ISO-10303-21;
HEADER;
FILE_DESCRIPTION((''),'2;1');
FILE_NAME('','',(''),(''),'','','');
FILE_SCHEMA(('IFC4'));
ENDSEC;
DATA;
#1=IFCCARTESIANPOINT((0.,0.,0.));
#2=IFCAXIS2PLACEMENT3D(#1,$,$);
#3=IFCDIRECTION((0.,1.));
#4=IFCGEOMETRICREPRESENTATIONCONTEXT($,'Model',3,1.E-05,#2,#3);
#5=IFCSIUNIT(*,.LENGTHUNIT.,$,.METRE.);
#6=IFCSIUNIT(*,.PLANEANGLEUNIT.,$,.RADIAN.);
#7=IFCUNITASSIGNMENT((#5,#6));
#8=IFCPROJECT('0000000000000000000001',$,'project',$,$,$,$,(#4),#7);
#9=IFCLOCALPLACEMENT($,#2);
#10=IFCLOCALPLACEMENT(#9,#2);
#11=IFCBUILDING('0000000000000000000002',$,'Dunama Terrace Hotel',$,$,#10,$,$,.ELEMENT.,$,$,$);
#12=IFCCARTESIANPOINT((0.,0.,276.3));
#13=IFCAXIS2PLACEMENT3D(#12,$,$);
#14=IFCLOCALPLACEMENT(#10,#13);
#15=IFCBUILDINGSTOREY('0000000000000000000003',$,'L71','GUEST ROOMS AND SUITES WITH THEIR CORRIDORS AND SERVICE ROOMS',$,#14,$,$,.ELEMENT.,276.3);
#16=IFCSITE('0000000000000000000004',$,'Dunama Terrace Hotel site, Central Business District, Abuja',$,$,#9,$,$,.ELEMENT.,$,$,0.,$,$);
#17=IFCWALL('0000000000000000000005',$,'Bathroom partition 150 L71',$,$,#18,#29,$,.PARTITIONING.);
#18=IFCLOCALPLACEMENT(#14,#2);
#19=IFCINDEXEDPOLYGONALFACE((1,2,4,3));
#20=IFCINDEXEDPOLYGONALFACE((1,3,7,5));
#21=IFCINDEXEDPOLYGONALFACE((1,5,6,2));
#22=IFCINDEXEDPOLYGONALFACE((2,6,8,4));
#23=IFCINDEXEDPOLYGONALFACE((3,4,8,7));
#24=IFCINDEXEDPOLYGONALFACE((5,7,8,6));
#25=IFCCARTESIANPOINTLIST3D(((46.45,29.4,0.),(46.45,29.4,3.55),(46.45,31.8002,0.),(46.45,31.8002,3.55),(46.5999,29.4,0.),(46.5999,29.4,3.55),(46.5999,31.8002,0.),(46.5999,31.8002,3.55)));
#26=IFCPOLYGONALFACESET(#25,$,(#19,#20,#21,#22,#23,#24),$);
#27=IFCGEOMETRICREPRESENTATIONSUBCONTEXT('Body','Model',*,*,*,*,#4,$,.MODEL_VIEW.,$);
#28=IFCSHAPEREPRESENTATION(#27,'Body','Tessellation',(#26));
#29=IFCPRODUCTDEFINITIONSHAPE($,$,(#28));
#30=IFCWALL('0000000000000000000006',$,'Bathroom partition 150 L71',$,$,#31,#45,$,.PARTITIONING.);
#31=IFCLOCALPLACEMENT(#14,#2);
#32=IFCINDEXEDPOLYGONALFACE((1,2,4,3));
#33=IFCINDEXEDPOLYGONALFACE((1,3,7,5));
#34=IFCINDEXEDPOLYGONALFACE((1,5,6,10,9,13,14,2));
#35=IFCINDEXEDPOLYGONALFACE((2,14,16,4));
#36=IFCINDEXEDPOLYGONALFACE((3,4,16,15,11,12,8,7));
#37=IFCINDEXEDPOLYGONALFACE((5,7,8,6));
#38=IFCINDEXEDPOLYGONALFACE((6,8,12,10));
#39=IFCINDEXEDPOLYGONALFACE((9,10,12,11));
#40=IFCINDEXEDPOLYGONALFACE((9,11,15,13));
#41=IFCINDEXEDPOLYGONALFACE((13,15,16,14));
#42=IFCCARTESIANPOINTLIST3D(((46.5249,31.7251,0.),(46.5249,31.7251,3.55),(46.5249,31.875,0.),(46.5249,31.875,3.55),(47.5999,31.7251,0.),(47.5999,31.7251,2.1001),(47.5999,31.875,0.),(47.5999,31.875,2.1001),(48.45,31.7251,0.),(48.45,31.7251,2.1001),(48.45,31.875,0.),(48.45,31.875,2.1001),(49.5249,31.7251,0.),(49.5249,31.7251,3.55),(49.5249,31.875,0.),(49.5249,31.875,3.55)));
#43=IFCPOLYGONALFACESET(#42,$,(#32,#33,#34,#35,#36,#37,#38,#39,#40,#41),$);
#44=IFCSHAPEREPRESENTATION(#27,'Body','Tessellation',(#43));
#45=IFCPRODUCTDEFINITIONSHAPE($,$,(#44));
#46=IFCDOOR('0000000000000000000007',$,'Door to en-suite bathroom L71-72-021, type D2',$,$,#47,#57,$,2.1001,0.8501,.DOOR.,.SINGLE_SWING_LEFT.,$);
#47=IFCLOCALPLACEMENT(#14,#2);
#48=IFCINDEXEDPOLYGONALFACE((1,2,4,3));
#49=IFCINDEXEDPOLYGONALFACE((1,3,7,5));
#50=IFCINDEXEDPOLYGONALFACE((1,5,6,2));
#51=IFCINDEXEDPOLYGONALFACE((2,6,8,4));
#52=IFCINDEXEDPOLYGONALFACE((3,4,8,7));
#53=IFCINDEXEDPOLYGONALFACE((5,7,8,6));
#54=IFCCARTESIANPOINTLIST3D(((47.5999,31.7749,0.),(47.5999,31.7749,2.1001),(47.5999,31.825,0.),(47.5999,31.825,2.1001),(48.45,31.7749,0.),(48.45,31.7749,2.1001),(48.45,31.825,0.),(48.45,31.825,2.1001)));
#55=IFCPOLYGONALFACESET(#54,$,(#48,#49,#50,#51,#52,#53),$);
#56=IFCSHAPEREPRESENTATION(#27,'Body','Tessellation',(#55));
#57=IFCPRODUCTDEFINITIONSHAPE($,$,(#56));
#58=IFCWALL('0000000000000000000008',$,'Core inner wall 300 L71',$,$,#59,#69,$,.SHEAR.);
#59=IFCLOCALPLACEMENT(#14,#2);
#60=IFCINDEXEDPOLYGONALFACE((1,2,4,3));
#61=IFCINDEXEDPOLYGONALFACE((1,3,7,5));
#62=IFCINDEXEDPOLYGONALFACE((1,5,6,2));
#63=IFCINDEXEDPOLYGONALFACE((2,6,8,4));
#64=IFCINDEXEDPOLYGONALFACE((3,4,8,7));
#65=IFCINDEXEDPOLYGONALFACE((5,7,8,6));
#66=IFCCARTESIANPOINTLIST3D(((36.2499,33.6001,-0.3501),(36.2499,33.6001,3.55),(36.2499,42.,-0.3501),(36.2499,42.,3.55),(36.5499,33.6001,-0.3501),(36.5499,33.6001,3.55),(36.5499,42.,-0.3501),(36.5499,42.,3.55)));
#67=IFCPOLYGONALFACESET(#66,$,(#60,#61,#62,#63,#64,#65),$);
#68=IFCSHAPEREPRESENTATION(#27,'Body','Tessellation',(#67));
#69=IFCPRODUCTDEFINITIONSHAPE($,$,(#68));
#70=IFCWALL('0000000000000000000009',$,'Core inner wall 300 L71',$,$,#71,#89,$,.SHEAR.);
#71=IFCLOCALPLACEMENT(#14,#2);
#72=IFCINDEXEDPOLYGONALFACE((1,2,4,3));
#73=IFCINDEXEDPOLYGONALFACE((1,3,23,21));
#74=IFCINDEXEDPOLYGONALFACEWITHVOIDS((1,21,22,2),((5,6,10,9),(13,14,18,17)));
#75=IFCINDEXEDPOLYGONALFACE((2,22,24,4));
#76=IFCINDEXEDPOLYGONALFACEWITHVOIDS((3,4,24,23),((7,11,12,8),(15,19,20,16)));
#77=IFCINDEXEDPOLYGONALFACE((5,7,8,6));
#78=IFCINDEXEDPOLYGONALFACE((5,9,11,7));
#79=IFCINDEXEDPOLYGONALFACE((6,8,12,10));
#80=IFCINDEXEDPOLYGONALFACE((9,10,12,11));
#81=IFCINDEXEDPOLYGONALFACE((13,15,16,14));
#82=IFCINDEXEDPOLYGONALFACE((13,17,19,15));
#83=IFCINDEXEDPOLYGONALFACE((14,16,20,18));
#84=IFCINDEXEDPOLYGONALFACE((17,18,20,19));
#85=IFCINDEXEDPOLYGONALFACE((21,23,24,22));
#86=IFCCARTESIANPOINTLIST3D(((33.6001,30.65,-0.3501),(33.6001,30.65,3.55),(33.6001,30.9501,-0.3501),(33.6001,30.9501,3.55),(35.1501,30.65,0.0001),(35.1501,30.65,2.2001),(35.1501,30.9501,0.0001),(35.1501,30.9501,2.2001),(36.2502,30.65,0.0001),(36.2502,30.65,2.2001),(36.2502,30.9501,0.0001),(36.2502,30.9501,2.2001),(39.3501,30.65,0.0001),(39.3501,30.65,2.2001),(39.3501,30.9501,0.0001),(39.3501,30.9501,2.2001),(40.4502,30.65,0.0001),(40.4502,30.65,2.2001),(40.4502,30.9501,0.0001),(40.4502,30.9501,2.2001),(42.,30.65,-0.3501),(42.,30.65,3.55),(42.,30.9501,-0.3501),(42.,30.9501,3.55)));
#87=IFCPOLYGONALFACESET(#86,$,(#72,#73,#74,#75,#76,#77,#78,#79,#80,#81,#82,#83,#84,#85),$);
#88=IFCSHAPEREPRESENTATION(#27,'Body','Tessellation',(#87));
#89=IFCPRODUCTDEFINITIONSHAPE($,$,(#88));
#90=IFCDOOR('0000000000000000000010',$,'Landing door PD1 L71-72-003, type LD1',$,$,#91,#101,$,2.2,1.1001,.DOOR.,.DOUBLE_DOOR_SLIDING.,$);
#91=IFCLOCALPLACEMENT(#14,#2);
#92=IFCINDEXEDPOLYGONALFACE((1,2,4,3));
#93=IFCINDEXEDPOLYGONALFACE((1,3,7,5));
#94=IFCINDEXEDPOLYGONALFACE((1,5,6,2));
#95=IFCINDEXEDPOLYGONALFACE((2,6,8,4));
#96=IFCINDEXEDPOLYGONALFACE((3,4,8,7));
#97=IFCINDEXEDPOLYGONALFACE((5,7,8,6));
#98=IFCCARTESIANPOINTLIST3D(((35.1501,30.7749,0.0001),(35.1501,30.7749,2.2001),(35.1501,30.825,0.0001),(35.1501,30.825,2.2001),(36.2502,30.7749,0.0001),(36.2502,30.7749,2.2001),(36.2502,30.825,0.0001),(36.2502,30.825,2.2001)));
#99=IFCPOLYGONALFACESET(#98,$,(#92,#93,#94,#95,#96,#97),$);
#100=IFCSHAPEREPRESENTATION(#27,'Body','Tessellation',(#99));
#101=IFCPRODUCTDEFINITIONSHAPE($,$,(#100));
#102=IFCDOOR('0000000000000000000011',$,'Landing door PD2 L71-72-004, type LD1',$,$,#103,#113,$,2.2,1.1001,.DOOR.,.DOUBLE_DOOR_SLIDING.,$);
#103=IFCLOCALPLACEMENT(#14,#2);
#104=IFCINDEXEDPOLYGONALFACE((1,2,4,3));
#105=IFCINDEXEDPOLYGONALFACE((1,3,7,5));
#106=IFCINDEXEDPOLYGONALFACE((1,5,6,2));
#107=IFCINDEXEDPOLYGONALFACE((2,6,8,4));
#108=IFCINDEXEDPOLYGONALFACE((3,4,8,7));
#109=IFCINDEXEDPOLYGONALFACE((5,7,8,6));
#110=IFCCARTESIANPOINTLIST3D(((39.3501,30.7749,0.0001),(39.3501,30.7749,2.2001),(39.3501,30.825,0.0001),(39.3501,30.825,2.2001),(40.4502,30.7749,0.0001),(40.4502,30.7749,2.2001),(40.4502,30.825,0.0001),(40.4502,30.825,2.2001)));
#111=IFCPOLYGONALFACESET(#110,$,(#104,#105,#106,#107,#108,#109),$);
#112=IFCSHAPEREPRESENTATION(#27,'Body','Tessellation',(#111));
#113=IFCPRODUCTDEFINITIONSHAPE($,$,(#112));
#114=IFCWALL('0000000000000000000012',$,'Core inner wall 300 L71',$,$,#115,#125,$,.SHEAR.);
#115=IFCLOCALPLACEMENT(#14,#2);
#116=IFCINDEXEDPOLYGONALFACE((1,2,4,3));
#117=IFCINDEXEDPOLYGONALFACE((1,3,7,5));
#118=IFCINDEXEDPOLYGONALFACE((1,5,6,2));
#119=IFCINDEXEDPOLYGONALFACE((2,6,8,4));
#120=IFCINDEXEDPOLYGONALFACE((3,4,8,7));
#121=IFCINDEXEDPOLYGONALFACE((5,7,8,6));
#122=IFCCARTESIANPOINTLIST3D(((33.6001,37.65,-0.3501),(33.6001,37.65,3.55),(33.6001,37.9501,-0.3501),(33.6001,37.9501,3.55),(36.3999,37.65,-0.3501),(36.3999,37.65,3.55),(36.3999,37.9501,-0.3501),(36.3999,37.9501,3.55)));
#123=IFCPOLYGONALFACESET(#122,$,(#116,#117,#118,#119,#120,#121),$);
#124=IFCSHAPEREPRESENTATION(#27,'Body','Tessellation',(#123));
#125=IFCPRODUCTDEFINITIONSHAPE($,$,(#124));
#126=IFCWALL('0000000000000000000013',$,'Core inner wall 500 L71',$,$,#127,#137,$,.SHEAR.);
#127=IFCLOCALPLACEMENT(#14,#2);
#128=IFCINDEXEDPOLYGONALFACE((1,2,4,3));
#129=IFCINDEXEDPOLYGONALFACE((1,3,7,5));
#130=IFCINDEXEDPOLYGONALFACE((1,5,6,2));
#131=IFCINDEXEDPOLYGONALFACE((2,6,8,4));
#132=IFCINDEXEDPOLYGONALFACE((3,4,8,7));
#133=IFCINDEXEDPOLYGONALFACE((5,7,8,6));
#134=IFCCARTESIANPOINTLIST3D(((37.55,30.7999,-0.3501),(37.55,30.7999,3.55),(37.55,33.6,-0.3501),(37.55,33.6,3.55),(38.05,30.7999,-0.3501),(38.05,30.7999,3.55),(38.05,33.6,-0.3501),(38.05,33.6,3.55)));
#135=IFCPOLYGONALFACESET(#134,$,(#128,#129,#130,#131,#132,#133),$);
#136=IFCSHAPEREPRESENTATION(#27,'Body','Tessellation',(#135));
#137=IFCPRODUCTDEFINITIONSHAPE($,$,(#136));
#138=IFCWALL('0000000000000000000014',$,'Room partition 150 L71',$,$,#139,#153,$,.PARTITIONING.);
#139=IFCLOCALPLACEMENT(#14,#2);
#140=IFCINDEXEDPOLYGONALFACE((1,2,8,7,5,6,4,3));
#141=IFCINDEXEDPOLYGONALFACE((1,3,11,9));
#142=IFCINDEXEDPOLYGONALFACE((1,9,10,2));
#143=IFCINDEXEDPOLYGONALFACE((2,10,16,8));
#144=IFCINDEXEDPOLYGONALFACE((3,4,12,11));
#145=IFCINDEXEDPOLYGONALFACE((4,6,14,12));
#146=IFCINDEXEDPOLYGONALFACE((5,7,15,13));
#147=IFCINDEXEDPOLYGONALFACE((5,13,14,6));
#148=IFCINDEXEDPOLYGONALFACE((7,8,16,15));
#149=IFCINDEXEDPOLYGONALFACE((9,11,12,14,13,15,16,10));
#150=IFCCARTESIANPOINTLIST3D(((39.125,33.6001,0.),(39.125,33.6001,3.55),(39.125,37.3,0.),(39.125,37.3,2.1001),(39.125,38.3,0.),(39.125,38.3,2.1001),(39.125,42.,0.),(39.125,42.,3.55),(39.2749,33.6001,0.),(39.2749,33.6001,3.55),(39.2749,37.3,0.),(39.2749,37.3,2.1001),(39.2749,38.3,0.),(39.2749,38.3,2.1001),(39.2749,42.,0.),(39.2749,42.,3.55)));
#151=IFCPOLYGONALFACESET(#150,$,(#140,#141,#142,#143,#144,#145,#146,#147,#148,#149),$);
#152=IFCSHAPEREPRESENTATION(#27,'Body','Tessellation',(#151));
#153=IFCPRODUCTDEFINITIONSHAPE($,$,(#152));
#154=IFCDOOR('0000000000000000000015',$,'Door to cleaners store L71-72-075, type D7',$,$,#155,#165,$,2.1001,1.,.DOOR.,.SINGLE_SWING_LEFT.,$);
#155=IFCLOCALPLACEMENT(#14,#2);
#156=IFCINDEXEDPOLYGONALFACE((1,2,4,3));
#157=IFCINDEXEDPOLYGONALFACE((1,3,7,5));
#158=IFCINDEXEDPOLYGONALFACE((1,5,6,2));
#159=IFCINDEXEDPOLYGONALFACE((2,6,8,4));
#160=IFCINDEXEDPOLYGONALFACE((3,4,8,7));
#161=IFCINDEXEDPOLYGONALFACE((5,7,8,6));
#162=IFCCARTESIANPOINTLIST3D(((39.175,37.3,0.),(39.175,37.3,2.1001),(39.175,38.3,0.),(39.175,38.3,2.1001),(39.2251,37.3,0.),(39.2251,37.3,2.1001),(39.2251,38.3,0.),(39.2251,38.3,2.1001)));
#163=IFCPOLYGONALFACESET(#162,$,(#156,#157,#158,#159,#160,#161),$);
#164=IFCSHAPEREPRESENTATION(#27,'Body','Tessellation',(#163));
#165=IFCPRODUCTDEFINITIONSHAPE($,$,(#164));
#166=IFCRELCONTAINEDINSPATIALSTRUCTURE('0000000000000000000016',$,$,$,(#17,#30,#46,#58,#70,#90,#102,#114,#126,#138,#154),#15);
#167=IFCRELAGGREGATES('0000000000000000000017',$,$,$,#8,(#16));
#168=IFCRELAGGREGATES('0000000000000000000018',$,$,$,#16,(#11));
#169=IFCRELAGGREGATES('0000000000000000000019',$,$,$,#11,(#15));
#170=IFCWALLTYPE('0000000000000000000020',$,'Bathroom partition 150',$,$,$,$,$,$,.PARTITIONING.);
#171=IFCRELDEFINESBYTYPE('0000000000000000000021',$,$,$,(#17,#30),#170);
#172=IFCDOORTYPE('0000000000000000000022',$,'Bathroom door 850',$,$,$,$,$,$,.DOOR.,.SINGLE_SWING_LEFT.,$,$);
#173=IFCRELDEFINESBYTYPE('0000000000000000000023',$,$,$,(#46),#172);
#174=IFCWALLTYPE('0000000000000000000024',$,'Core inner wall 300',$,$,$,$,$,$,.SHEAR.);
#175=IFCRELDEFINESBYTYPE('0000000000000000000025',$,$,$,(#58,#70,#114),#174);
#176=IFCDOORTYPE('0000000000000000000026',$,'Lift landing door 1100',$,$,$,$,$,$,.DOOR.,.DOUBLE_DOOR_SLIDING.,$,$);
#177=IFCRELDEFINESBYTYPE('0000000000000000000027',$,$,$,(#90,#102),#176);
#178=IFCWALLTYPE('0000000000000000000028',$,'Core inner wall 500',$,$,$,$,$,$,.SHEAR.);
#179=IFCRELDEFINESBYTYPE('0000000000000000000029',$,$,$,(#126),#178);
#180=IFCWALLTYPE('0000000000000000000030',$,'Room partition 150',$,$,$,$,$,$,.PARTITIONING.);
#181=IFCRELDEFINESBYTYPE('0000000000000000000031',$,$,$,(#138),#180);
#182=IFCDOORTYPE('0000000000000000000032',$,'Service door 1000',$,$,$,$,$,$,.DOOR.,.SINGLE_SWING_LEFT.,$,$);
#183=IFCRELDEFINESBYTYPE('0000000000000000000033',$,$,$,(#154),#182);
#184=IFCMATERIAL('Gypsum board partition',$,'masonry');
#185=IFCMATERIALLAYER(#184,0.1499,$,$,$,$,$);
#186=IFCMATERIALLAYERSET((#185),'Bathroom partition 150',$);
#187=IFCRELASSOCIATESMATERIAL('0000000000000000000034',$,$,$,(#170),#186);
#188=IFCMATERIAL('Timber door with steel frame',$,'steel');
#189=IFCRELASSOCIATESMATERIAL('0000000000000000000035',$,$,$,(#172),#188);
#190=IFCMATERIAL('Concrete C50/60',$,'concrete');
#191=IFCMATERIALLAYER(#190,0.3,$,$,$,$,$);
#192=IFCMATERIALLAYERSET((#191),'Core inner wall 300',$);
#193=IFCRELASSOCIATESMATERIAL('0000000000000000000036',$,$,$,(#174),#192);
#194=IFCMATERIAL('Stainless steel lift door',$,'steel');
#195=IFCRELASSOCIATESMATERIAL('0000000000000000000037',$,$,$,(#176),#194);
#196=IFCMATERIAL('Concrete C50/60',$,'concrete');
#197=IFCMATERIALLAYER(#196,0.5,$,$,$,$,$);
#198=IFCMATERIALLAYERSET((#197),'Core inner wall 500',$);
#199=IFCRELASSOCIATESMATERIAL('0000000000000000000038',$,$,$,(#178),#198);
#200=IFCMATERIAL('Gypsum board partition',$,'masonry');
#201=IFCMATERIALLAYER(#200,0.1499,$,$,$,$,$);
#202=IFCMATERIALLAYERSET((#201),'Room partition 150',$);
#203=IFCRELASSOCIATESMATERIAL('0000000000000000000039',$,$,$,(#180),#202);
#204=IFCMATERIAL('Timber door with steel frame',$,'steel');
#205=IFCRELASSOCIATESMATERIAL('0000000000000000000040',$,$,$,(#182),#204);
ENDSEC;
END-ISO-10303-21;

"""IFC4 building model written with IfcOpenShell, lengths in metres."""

from ifc_helpers import new_model, si_unit, direction, frame, frame_2d, origin, place, context, subcontext, project, spatial, rectangle, extrude, material, layer, layer_set, type_object, element, fill, save


model = new_model("IFC4")

# Units and contexts
model_context = context("Model", 3, precision=1e-05, world=origin(), true_north=direction((0.0, 1.0)))
body_context = subcontext(model_context, "Body", "Model", "MODEL_VIEW")
ifc_project = project(units=[si_unit("LENGTHUNIT", "METRE"), si_unit("PLANEANGLEUNIT", "RADIAN")], contexts=[model_context])

# Site, building, storey
site_placement = place(None, origin())
site = spatial("IfcSite", under=ifc_project, at=site_placement, Name="Dunama Terrace Hotel site, Central Business District, Abuja", CompositionType="ELEMENT", RefElevation=0.0)
building_placement = place(site_placement, origin())
building = spatial("IfcBuilding", under=site, at=building_placement, Name="Dunama Terrace Hotel", CompositionType="ELEMENT")
storey_placement = place(building_placement, frame((0.0, 0.0, 276.3)))
storey = spatial("IfcBuildingStorey", under=building, at=storey_placement, Name="L71", Description="GUEST ROOMS AND SUITES WITH THEIR CORRIDORS AND SERVICE ROOMS", CompositionType="ELEMENT", Elevation=276.3)

# Wall
ifc_material_1 = material(Name="Gypsum board partition", Category="masonry")
ifc_layer_1 = layer(ifc_material_1, 0.1499)
ifc_layer_set_1 = layer_set([ifc_layer_1], Name="Bathroom partition 150")
wall_type_1 = type_object("IfcWallType", Name="Bathroom partition 150", PredefinedType="PARTITIONING", material=ifc_layer_set_1)
wall_1_placement = place(storey_placement, frame((46.5249, 29.3999, 0.0), z_axis=(0.0, 0.0, 1.0), x_axis=(0.0, 1.0, 0.0)))
element("IfcWall", 1, at=wall_1_placement, inside=storey, type_object=wall_type_1, Name="Bathroom partition 150 L71", PredefinedType="PARTITIONING", context=body_context, shape_type="SweptSolid", body=[
    extrude(rectangle(XDim=2.4001, YDim=0.1499, at=frame_2d((1.2002, 0.0))), origin(), (0.0, 0.0, 1.0), 3.55),
])

# Wall, opening, door
wall_2_placement = place(storey_placement, frame((46.5249, 31.8, 0.0), z_axis=(0.0, 0.0, 1.0), x_axis=(1.0, 0.0, 0.0)))
wall_2 = element("IfcWall", 2, at=wall_2_placement, inside=storey, type_object=wall_type_1, Name="Bathroom partition 150 L71", PredefinedType="PARTITIONING", context=body_context, shape_type="SweptSolid", body=[
    extrude(rectangle(XDim=3.0, YDim=0.1499, at=frame_2d((1.5, 0.0))), origin(), (0.0, 0.0, 1.0), 3.55),
])
opening_1_placement = place(wall_2_placement, frame((1.075, 0.0, 0.0)))
opening_1 = element("IfcOpeningElement", 3, at=opening_1_placement, cuts=wall_2, PredefinedType="OPENING", context=body_context, shape_type="SweptSolid", body=[
    extrude(rectangle(XDim=0.8501, YDim=2.1001, at=frame_2d((0.425, 1.05))), frame((0.0, 0.085, 0.0), z_axis=(0.0, -1.0, 0.0), x_axis=(1.0, 0.0, 0.0)), (0.0, 0.0, 1.0), 0.1699),
])
ifc_material_2 = material(Name="Timber door with steel frame", Category="steel")
door_type_1 = type_object("IfcDoorType", Name="Bathroom door 850", OperationType="SINGLE_SWING_LEFT", PredefinedType="DOOR", material=ifc_material_2)
door_1_placement = place(opening_1_placement, frame((0.8501, 0.0, 0.0), z_axis=(0.0, 0.0, 1.0), x_axis=(-1.0, 0.0, 0.0)))
door_1 = element("IfcDoor", 4, at=door_1_placement, inside=storey, type_object=door_type_1, Name="Door to en-suite bathroom L71-72-021, type D2", OperationType="SINGLE_SWING_LEFT", OverallHeight=2.1001, OverallWidth=0.8501, PredefinedType="DOOR", context=body_context, shape_type="SweptSolid", body=[
    extrude(rectangle(XDim=0.8501, YDim=2.1001, at=frame_2d((0.425, 1.05))), frame((0.0, 0.0251, 0.0), z_axis=(0.0, -1.0, 0.0), x_axis=(1.0, 0.0, 0.0)), (0.0, 0.0, 1.0), 0.05),
])
fill(opening_1, door_1)

# Wall
ifc_material_3 = material(Name="Concrete C50/60", Category="concrete")
ifc_layer_2 = layer(ifc_material_3, 0.3)
ifc_layer_set_2 = layer_set([ifc_layer_2], Name="Core inner wall 300")
wall_type_2 = type_object("IfcWallType", Name="Core inner wall 300", PredefinedType="SHEAR", material=ifc_layer_set_2)
wall_3_placement = place(storey_placement, frame((36.3999, 33.6001, -0.3501), z_axis=(0.0, 0.0, 1.0), x_axis=(0.0, 1.0, 0.0)))
element("IfcWall", 5, at=wall_3_placement, inside=storey, type_object=wall_type_2, Name="Core inner wall 300 L71", PredefinedType="SHEAR", context=body_context, shape_type="SweptSolid", body=[
    extrude(rectangle(XDim=8.3999, YDim=0.3, at=frame_2d((4.2, 0.0))), origin(), (0.0, 0.0, 1.0), 3.9001),
])

# Wall, openings, doors
wall_4_placement = place(storey_placement, frame((33.6001, 30.8, -0.3501), z_axis=(0.0, 0.0, 1.0), x_axis=(1.0, 0.0, 0.0)))
wall_4 = element("IfcWall", 6, at=wall_4_placement, inside=storey, type_object=wall_type_2, Name="Core inner wall 300 L71", PredefinedType="SHEAR", context=body_context, shape_type="SweptSolid", body=[
    extrude(rectangle(XDim=8.3999, YDim=0.3, at=frame_2d((4.2, 0.0))), origin(), (0.0, 0.0, 1.0), 3.9001),
])
opening_2_placement = place(wall_4_placement, frame((1.55, 0.0, 0.3501)))
opening_2 = element("IfcOpeningElement", 7, at=opening_2_placement, cuts=wall_4, PredefinedType="OPENING", context=body_context, shape_type="SweptSolid", body=[
    extrude(rectangle(XDim=1.1001, YDim=2.2, at=frame_2d((0.55, 1.1001))), frame((0.0, 0.1599, 0.0), z_axis=(0.0, -1.0, 0.0), x_axis=(1.0, 0.0, 0.0)), (0.0, 0.0, 1.0), 0.3201),
])
opening_3_placement = place(wall_4_placement, frame((5.75, 0.0, 0.3501)))
opening_3 = element("IfcOpeningElement", 8, at=opening_3_placement, cuts=wall_4, PredefinedType="OPENING", context=body_context, shape_type="SweptSolid", body=[
    extrude(rectangle(XDim=1.1001, YDim=2.2, at=frame_2d((0.55, 1.1001))), frame((0.0, 0.1599, 0.0), z_axis=(0.0, -1.0, 0.0), x_axis=(1.0, 0.0, 0.0)), (0.0, 0.0, 1.0), 0.3201),
])
ifc_material_4 = material(Name="Stainless steel lift door", Category="steel")
door_type_2 = type_object("IfcDoorType", Name="Lift landing door 1100", OperationType="DOUBLE_DOOR_SLIDING", PredefinedType="DOOR", material=ifc_material_4)
door_2_placement = place(opening_2_placement, origin())
door_2 = element("IfcDoor", 9, at=door_2_placement, inside=storey, type_object=door_type_2, Name="Landing door PD1 L71-72-003, type LD1", OperationType="DOUBLE_DOOR_SLIDING", OverallHeight=2.2, OverallWidth=1.1001, PredefinedType="DOOR", context=body_context, shape_type="SweptSolid", body=[
    extrude(rectangle(XDim=1.1001, YDim=2.2, at=frame_2d((0.55, 1.1001))), frame((0.0, 0.0249, 0.0), z_axis=(0.0, -1.0, 0.0), x_axis=(1.0, 0.0, 0.0)), (0.0, 0.0, 1.0), 0.05),
])
fill(opening_2, door_2)
door_3_placement = place(opening_3_placement, origin())
door_3 = element("IfcDoor", 10, at=door_3_placement, inside=storey, type_object=door_type_2, Name="Landing door PD2 L71-72-004, type LD1", OperationType="DOUBLE_DOOR_SLIDING", OverallHeight=2.2, OverallWidth=1.1001, PredefinedType="DOOR", context=body_context, shape_type="SweptSolid", body=[
    extrude(rectangle(XDim=1.1001, YDim=2.2, at=frame_2d((0.55, 1.1001))), frame((0.0, 0.0249, 0.0), z_axis=(0.0, -1.0, 0.0), x_axis=(1.0, 0.0, 0.0)), (0.0, 0.0, 1.0), 0.05),
])
fill(opening_3, door_3)

# Walls
wall_5_placement = place(storey_placement, frame((33.6001, 37.8, -0.3501), z_axis=(0.0, 0.0, 1.0), x_axis=(1.0, 0.0, 0.0)))
element("IfcWall", 11, at=wall_5_placement, inside=storey, type_object=wall_type_2, Name="Core inner wall 300 L71", PredefinedType="SHEAR", context=body_context, shape_type="SweptSolid", body=[
    extrude(rectangle(XDim=2.7998, YDim=0.3, at=frame_2d((1.3999, 0.0))), origin(), (0.0, 0.0, 1.0), 3.9001),
])
ifc_material_5 = material(Name="Concrete C50/60", Category="concrete")
ifc_layer_3 = layer(ifc_material_5, 0.5)
ifc_layer_set_3 = layer_set([ifc_layer_3], Name="Core inner wall 500")
wall_type_3 = type_object("IfcWallType", Name="Core inner wall 500", PredefinedType="SHEAR", material=ifc_layer_set_3)
wall_6_placement = place(storey_placement, frame((37.8, 30.8, -0.3501), z_axis=(0.0, 0.0, 1.0), x_axis=(0.0, 1.0, 0.0)))
element("IfcWall", 12, at=wall_6_placement, inside=storey, type_object=wall_type_3, Name="Core inner wall 500 L71", PredefinedType="SHEAR", context=body_context, shape_type="SweptSolid", body=[
    extrude(rectangle(XDim=2.8, YDim=0.5, at=frame_2d((1.3999, 0.0))), origin(), (0.0, 0.0, 1.0), 3.9001),
])

# Wall, opening, door
ifc_material_6 = material(Name="Gypsum board partition", Category="masonry")
ifc_layer_4 = layer(ifc_material_6, 0.1499)
ifc_layer_set_4 = layer_set([ifc_layer_4], Name="Room partition 150")
wall_type_4 = type_object("IfcWallType", Name="Room partition 150", PredefinedType="PARTITIONING", material=ifc_layer_set_4)
wall_7_placement = place(storey_placement, frame((39.2, 33.6001, 0.0), z_axis=(0.0, 0.0, 1.0), x_axis=(0.0, 1.0, 0.0)))
wall_7 = element("IfcWall", 13, at=wall_7_placement, inside=storey, type_object=wall_type_4, Name="Room partition 150 L71", PredefinedType="PARTITIONING", context=body_context, shape_type="SweptSolid", body=[
    extrude(rectangle(XDim=8.3999, YDim=0.1499, at=frame_2d((4.2, 0.0))), origin(), (0.0, 0.0, 1.0), 3.55),
])
opening_4_placement = place(wall_7_placement, frame((3.7, 0.0, 0.0)))
opening_4 = element("IfcOpeningElement", 14, at=opening_4_placement, cuts=wall_7, PredefinedType="OPENING", context=body_context, shape_type="SweptSolid", body=[
    extrude(rectangle(XDim=1.0, YDim=2.1001, at=frame_2d((0.5, 1.05))), frame((0.0, 0.085, 0.0), z_axis=(0.0, -1.0, 0.0), x_axis=(1.0, 0.0, 0.0)), (0.0, 0.0, 1.0), 0.1699),
])
ifc_material_7 = material(Name="Timber door with steel frame", Category="steel")
door_type_3 = type_object("IfcDoorType", Name="Service door 1000", OperationType="SINGLE_SWING_LEFT", PredefinedType="DOOR", material=ifc_material_7)
door_4_placement = place(opening_4_placement, origin())
door_4 = element("IfcDoor", 15, at=door_4_placement, inside=storey, type_object=door_type_3, Name="Door to cleaners store L71-72-075, type D7", OperationType="SINGLE_SWING_LEFT", OverallHeight=2.1001, OverallWidth=1.0, PredefinedType="DOOR", context=body_context, shape_type="SweptSolid", body=[
    extrude(rectangle(XDim=1.0, YDim=2.1001, at=frame_2d((0.5, 1.05))), frame((0.0, 0.0249, 0.0), z_axis=(0.0, -1.0, 0.0), x_axis=(1.0, 0.0, 0.0)), (0.0, 0.0, 1.0), 0.05),
])
fill(opening_4, door_4)

save(model, "model.ifc")
